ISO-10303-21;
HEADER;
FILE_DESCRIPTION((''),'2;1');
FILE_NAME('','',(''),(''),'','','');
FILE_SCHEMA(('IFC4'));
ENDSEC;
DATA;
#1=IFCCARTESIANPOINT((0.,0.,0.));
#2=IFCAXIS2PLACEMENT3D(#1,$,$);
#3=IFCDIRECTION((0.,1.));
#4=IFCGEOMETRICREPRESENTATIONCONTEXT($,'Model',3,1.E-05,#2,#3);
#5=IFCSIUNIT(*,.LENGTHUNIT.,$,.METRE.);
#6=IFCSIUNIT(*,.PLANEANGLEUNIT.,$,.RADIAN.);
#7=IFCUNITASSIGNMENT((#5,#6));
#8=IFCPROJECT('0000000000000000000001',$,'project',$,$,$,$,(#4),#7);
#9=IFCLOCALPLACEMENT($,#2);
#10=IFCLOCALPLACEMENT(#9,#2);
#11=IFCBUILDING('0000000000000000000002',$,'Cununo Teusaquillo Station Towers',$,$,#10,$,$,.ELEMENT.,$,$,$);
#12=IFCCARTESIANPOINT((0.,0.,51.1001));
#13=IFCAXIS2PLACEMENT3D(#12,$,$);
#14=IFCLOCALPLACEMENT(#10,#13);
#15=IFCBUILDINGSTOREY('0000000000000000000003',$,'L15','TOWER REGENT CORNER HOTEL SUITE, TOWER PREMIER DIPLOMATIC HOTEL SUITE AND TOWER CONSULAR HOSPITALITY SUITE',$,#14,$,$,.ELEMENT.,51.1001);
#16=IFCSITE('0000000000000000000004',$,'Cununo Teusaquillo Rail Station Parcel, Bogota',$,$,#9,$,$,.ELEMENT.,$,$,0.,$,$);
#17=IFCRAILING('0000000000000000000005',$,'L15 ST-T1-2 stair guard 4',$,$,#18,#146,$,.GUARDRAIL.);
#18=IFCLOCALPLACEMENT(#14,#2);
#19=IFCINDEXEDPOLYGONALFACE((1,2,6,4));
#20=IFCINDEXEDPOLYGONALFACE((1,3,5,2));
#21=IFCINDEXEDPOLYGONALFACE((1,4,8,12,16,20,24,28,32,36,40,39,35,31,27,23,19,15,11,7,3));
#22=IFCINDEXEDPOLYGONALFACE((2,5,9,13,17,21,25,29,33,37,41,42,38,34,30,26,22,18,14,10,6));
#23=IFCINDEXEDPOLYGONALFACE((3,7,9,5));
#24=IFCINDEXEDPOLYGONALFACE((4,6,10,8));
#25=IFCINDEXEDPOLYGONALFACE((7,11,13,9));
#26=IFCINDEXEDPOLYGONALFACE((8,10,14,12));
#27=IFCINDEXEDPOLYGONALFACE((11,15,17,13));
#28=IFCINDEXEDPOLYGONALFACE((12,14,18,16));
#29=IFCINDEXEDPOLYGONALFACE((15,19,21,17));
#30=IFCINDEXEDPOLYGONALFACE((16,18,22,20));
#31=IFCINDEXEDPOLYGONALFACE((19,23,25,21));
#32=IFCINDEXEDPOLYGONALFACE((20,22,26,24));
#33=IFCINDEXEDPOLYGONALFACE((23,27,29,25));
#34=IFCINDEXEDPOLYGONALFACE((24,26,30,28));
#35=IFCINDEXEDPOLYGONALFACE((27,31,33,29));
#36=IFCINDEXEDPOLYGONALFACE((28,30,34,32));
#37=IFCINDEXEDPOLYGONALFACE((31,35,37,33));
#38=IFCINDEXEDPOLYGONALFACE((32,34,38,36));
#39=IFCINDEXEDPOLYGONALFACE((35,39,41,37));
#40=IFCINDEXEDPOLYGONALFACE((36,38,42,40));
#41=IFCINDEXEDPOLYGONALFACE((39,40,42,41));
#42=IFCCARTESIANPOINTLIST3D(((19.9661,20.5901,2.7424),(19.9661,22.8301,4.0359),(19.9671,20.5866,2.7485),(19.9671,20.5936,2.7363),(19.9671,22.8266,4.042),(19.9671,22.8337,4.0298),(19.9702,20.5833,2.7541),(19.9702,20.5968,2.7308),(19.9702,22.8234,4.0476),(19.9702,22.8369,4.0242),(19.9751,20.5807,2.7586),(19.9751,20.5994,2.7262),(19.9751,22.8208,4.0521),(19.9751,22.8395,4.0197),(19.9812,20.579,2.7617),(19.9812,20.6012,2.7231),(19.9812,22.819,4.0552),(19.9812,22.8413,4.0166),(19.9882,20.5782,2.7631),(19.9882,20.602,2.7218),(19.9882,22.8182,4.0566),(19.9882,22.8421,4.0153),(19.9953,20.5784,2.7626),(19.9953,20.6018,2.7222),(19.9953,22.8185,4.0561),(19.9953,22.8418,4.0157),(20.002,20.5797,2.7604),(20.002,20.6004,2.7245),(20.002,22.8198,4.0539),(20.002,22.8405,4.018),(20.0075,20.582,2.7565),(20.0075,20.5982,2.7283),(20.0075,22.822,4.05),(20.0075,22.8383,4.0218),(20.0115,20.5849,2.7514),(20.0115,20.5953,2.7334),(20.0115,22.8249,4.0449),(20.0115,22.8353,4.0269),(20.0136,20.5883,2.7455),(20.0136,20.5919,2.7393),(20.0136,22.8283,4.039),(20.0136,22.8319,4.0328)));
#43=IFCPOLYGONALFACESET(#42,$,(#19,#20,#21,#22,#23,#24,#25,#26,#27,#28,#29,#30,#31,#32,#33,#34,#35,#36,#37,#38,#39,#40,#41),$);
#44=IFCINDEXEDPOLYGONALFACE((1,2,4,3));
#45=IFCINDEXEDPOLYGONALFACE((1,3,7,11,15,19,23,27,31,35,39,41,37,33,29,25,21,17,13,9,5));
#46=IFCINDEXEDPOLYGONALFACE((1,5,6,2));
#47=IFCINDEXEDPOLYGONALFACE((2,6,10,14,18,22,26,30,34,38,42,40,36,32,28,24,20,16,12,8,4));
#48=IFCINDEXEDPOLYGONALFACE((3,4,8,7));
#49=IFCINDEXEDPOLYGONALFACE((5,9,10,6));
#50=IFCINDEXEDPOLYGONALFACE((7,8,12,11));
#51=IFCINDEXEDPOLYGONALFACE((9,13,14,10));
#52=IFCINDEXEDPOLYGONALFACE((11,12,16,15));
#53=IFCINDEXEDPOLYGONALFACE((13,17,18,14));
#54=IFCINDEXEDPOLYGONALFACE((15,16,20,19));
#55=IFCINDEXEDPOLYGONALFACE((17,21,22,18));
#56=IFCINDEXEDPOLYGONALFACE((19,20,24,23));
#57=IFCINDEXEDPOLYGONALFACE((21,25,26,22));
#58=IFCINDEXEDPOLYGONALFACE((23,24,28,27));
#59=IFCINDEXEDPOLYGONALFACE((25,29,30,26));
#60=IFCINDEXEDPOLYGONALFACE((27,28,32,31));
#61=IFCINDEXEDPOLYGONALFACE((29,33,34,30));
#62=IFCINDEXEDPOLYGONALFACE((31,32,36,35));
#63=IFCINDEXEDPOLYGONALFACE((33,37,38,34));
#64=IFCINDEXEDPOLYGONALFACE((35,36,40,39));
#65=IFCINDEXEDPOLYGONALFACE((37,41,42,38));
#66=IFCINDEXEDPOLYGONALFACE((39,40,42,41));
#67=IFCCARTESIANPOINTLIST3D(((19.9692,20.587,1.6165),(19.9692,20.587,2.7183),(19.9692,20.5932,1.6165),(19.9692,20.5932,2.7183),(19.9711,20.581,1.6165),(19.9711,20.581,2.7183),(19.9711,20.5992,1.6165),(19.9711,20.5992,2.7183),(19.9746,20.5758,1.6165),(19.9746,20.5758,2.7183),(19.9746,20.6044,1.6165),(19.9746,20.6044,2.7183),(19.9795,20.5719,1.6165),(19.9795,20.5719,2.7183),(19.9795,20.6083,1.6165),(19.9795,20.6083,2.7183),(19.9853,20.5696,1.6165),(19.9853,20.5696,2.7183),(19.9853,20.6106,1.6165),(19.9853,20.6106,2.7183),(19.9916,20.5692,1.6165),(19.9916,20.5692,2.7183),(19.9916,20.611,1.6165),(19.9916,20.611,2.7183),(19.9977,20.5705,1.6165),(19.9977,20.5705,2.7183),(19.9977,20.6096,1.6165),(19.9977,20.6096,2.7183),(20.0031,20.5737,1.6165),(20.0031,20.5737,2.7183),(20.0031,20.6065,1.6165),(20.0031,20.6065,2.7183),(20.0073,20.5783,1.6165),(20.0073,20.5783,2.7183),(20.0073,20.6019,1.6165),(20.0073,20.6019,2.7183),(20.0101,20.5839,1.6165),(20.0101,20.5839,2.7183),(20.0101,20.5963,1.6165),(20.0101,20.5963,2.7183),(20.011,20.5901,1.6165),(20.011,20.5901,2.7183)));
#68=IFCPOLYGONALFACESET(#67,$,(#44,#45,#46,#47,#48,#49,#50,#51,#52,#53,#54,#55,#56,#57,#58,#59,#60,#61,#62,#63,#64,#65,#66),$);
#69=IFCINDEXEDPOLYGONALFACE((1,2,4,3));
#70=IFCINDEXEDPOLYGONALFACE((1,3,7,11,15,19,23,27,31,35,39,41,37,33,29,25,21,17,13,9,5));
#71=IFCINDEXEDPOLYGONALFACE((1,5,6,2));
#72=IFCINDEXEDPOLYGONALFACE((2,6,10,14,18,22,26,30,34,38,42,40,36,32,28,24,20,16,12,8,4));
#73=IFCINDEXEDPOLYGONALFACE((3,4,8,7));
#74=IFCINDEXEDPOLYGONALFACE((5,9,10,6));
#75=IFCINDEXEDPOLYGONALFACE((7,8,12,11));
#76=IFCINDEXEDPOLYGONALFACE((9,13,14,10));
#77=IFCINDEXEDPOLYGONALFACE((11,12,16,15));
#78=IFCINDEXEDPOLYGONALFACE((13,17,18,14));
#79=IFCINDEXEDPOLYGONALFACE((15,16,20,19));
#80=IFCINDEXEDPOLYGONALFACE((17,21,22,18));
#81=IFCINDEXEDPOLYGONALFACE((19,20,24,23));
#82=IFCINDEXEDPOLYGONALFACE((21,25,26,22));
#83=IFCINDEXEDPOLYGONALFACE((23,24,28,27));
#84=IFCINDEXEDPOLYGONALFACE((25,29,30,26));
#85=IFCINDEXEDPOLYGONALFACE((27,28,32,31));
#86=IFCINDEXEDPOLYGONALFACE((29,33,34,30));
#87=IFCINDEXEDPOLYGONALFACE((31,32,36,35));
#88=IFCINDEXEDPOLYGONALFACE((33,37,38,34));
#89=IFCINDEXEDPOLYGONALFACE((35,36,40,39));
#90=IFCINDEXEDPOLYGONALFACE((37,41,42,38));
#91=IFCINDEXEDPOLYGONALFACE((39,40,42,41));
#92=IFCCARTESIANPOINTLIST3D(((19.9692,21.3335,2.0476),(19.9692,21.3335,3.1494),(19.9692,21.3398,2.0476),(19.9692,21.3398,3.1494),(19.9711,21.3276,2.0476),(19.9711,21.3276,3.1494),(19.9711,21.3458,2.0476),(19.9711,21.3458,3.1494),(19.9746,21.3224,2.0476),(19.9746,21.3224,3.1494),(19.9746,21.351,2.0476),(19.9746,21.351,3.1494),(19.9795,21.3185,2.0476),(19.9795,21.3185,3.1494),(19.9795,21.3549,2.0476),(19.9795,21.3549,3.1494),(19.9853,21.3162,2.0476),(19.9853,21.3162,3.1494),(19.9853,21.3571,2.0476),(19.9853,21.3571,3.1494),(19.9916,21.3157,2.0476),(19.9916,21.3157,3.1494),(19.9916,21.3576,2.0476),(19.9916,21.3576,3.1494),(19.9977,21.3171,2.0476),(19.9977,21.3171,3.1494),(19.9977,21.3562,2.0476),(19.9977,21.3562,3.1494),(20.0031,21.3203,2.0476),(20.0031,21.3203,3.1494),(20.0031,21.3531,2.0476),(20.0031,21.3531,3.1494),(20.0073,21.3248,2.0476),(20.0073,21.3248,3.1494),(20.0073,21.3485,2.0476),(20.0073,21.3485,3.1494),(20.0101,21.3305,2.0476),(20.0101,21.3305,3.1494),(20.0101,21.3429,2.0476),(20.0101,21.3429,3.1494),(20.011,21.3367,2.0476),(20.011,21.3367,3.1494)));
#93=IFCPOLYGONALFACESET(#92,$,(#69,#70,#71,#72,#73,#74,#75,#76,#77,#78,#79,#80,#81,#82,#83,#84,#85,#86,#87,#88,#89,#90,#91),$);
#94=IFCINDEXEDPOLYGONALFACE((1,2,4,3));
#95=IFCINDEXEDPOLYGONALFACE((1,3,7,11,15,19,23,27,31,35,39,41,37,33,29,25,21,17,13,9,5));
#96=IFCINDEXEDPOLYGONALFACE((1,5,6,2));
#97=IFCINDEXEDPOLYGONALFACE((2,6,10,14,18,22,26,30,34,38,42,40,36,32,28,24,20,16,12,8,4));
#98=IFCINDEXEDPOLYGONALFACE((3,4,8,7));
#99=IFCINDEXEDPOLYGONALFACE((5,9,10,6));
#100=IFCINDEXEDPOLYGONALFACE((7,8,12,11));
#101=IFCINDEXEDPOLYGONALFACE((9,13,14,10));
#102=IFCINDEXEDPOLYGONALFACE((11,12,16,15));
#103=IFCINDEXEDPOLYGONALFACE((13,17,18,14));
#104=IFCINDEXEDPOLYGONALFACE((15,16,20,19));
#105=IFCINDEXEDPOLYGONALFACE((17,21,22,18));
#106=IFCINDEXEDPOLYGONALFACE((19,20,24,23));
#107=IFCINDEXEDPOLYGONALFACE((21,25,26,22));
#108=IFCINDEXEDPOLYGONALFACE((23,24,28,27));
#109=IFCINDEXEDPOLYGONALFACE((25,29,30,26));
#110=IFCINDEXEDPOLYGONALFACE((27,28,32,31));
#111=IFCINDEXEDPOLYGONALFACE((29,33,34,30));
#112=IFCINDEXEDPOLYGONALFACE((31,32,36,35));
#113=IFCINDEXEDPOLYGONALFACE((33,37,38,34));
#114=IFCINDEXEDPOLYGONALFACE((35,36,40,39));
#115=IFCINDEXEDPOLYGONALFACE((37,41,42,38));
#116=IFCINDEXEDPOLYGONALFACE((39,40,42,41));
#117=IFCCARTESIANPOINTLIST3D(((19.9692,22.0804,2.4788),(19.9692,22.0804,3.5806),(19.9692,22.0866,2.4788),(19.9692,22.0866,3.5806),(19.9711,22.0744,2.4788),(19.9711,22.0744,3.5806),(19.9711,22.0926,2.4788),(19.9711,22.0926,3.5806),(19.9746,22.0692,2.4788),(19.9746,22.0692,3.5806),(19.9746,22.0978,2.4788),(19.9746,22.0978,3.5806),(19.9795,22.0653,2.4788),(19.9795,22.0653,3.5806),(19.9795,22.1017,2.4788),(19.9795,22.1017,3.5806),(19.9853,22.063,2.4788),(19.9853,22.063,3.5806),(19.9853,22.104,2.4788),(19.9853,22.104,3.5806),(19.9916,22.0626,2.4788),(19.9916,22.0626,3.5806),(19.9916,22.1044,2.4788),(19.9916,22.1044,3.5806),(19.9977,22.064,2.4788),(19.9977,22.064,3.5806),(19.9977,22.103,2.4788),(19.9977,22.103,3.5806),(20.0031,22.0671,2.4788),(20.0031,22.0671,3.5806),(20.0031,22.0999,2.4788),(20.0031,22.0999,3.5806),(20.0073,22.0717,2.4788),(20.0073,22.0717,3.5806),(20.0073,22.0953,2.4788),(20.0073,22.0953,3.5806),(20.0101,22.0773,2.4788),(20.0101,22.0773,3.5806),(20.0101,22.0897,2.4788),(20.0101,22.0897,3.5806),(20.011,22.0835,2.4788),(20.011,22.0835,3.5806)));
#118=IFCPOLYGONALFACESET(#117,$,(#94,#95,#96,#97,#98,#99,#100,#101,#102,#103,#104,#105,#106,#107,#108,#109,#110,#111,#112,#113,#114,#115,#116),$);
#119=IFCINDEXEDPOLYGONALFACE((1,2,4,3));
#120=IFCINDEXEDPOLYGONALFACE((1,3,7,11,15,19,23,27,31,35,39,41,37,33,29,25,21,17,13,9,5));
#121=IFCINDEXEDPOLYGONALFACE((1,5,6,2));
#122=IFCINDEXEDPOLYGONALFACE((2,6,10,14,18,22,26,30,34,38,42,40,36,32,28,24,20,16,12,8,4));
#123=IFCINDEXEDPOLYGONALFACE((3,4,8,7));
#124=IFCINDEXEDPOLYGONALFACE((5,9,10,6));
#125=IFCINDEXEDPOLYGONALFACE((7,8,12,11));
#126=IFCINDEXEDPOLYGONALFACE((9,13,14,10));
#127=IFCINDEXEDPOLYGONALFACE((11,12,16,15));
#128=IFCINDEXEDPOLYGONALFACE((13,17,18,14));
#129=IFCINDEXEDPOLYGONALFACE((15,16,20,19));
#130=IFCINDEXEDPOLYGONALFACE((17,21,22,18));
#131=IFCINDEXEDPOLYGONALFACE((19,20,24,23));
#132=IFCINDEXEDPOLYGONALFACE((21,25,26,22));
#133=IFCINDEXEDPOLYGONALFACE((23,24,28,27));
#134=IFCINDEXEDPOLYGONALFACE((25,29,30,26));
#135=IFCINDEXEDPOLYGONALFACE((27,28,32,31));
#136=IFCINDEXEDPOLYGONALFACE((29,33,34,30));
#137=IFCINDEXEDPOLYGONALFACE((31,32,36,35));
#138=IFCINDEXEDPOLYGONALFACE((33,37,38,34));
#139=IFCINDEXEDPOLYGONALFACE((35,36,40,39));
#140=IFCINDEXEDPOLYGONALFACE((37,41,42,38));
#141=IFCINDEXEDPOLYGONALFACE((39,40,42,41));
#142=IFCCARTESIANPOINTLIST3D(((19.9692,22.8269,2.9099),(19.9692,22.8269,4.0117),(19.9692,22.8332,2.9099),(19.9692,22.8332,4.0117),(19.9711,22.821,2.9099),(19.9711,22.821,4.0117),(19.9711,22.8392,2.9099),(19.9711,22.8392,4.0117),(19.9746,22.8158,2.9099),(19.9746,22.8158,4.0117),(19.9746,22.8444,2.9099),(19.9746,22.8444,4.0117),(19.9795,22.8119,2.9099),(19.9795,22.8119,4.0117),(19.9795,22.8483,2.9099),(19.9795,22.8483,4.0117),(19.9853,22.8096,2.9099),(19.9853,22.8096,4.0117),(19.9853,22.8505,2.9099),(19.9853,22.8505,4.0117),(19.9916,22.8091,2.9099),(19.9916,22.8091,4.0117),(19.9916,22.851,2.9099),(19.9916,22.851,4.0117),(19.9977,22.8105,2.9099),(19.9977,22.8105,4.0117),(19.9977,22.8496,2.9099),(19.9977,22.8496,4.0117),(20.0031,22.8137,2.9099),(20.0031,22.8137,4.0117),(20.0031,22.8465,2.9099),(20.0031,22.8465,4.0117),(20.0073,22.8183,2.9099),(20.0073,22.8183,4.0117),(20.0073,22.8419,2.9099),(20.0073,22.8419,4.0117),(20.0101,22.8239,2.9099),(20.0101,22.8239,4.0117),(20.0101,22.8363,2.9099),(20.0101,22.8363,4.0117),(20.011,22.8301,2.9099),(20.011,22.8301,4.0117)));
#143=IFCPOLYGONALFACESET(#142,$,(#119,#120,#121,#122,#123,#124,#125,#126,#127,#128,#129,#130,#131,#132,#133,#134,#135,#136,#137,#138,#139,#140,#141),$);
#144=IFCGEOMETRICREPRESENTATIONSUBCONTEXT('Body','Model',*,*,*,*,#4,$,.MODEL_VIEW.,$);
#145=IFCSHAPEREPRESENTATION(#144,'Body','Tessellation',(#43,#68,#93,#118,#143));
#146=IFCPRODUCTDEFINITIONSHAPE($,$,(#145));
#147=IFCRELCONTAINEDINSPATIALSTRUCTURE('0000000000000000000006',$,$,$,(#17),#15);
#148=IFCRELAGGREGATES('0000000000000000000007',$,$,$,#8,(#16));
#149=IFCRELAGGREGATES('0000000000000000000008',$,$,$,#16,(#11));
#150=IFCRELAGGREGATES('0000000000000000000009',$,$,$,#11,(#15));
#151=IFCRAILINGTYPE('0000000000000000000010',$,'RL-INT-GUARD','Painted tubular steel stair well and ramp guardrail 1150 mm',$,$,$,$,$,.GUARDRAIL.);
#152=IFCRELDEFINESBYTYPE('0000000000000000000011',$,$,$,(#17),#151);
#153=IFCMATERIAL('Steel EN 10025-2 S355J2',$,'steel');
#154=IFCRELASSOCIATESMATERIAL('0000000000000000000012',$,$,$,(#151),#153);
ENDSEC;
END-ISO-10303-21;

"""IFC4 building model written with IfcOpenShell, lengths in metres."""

from ifc_helpers import new_model, si_unit, direction, frame, origin, origin_2d, place, context, subcontext, project, spatial, circle, extrude, material, type_object, element, save


model = new_model("IFC4")

# Units and contexts
model_context = context("Model", 3, precision=1e-05, world=origin(), true_north=direction((0.0, 1.0)))
body_context = subcontext(model_context, "Body", "Model", "MODEL_VIEW")
ifc_project = project(units=[si_unit("LENGTHUNIT", "METRE"), si_unit("PLANEANGLEUNIT", "RADIAN")], contexts=[model_context])

# Site, building, storey
site_placement = place(None, origin())
site = spatial("IfcSite", under=ifc_project, at=site_placement, Name="Cununo Teusaquillo Rail Station Parcel, Bogota", CompositionType="ELEMENT", RefElevation=0.0)
building_placement = place(site_placement, origin())
building = spatial("IfcBuilding", under=site, at=building_placement, Name="Cununo Teusaquillo Station Towers", CompositionType="ELEMENT")
storey_placement = place(building_placement, frame((0.0, 0.0, 51.1001)))
storey = spatial("IfcBuildingStorey", under=building, at=storey_placement, Name="L15", Description="TOWER REGENT CORNER HOTEL SUITE, TOWER PREMIER DIPLOMATIC HOTEL SUITE AND TOWER CONSULAR HOSPITALITY SUITE", CompositionType="ELEMENT", Elevation=51.1001)

# Railing
ifc_material_1 = material(Name="Steel EN 10025-2 S355J2", Category="steel")
railing_type_1 = type_object("IfcRailingType", Name="RL-INT-GUARD", Description="Painted tubular steel stair well and ramp guardrail 1150 mm", PredefinedType="GUARDRAIL", material=ifc_material_1)
railing_1_placement = place(storey_placement, frame((19.99, 20.5901, 1.6165)))
element("IfcRailing", 1, at=railing_1_placement, inside=storey, type_object=railing_type_1, Name="L15 ST-T1-2 stair guard 4", PredefinedType="GUARDRAIL", context=body_context, shape_type="SweptSolid", body=[
    extrude(circle(Radius=0.0239, at=origin_2d()), frame((0.0, 0.0, 1.126), z_axis=(0.0, 0.865992, 0.500057), x_axis=(-1.0, 0.0, 0.0)), (0.0, 0.0, 1.0), 2.5867),
    extrude(circle(Radius=0.021, at=origin_2d()), origin(), (0.0, 0.0, 1.0), 1.1018),
    extrude(circle(Radius=0.021, at=origin_2d()), frame((0.0, 0.7466, 0.4312)), (0.0, 0.0, 1.0), 1.1018),
    extrude(circle(Radius=0.021, at=origin_2d()), frame((0.0, 1.4934, 0.8623)), (0.0, 0.0, 1.0), 1.1018),
    extrude(circle(Radius=0.021, at=origin_2d()), frame((0.0, 2.24, 1.2935)), (0.0, 0.0, 1.0), 1.1018),
])

save(model, "model.ifc")
